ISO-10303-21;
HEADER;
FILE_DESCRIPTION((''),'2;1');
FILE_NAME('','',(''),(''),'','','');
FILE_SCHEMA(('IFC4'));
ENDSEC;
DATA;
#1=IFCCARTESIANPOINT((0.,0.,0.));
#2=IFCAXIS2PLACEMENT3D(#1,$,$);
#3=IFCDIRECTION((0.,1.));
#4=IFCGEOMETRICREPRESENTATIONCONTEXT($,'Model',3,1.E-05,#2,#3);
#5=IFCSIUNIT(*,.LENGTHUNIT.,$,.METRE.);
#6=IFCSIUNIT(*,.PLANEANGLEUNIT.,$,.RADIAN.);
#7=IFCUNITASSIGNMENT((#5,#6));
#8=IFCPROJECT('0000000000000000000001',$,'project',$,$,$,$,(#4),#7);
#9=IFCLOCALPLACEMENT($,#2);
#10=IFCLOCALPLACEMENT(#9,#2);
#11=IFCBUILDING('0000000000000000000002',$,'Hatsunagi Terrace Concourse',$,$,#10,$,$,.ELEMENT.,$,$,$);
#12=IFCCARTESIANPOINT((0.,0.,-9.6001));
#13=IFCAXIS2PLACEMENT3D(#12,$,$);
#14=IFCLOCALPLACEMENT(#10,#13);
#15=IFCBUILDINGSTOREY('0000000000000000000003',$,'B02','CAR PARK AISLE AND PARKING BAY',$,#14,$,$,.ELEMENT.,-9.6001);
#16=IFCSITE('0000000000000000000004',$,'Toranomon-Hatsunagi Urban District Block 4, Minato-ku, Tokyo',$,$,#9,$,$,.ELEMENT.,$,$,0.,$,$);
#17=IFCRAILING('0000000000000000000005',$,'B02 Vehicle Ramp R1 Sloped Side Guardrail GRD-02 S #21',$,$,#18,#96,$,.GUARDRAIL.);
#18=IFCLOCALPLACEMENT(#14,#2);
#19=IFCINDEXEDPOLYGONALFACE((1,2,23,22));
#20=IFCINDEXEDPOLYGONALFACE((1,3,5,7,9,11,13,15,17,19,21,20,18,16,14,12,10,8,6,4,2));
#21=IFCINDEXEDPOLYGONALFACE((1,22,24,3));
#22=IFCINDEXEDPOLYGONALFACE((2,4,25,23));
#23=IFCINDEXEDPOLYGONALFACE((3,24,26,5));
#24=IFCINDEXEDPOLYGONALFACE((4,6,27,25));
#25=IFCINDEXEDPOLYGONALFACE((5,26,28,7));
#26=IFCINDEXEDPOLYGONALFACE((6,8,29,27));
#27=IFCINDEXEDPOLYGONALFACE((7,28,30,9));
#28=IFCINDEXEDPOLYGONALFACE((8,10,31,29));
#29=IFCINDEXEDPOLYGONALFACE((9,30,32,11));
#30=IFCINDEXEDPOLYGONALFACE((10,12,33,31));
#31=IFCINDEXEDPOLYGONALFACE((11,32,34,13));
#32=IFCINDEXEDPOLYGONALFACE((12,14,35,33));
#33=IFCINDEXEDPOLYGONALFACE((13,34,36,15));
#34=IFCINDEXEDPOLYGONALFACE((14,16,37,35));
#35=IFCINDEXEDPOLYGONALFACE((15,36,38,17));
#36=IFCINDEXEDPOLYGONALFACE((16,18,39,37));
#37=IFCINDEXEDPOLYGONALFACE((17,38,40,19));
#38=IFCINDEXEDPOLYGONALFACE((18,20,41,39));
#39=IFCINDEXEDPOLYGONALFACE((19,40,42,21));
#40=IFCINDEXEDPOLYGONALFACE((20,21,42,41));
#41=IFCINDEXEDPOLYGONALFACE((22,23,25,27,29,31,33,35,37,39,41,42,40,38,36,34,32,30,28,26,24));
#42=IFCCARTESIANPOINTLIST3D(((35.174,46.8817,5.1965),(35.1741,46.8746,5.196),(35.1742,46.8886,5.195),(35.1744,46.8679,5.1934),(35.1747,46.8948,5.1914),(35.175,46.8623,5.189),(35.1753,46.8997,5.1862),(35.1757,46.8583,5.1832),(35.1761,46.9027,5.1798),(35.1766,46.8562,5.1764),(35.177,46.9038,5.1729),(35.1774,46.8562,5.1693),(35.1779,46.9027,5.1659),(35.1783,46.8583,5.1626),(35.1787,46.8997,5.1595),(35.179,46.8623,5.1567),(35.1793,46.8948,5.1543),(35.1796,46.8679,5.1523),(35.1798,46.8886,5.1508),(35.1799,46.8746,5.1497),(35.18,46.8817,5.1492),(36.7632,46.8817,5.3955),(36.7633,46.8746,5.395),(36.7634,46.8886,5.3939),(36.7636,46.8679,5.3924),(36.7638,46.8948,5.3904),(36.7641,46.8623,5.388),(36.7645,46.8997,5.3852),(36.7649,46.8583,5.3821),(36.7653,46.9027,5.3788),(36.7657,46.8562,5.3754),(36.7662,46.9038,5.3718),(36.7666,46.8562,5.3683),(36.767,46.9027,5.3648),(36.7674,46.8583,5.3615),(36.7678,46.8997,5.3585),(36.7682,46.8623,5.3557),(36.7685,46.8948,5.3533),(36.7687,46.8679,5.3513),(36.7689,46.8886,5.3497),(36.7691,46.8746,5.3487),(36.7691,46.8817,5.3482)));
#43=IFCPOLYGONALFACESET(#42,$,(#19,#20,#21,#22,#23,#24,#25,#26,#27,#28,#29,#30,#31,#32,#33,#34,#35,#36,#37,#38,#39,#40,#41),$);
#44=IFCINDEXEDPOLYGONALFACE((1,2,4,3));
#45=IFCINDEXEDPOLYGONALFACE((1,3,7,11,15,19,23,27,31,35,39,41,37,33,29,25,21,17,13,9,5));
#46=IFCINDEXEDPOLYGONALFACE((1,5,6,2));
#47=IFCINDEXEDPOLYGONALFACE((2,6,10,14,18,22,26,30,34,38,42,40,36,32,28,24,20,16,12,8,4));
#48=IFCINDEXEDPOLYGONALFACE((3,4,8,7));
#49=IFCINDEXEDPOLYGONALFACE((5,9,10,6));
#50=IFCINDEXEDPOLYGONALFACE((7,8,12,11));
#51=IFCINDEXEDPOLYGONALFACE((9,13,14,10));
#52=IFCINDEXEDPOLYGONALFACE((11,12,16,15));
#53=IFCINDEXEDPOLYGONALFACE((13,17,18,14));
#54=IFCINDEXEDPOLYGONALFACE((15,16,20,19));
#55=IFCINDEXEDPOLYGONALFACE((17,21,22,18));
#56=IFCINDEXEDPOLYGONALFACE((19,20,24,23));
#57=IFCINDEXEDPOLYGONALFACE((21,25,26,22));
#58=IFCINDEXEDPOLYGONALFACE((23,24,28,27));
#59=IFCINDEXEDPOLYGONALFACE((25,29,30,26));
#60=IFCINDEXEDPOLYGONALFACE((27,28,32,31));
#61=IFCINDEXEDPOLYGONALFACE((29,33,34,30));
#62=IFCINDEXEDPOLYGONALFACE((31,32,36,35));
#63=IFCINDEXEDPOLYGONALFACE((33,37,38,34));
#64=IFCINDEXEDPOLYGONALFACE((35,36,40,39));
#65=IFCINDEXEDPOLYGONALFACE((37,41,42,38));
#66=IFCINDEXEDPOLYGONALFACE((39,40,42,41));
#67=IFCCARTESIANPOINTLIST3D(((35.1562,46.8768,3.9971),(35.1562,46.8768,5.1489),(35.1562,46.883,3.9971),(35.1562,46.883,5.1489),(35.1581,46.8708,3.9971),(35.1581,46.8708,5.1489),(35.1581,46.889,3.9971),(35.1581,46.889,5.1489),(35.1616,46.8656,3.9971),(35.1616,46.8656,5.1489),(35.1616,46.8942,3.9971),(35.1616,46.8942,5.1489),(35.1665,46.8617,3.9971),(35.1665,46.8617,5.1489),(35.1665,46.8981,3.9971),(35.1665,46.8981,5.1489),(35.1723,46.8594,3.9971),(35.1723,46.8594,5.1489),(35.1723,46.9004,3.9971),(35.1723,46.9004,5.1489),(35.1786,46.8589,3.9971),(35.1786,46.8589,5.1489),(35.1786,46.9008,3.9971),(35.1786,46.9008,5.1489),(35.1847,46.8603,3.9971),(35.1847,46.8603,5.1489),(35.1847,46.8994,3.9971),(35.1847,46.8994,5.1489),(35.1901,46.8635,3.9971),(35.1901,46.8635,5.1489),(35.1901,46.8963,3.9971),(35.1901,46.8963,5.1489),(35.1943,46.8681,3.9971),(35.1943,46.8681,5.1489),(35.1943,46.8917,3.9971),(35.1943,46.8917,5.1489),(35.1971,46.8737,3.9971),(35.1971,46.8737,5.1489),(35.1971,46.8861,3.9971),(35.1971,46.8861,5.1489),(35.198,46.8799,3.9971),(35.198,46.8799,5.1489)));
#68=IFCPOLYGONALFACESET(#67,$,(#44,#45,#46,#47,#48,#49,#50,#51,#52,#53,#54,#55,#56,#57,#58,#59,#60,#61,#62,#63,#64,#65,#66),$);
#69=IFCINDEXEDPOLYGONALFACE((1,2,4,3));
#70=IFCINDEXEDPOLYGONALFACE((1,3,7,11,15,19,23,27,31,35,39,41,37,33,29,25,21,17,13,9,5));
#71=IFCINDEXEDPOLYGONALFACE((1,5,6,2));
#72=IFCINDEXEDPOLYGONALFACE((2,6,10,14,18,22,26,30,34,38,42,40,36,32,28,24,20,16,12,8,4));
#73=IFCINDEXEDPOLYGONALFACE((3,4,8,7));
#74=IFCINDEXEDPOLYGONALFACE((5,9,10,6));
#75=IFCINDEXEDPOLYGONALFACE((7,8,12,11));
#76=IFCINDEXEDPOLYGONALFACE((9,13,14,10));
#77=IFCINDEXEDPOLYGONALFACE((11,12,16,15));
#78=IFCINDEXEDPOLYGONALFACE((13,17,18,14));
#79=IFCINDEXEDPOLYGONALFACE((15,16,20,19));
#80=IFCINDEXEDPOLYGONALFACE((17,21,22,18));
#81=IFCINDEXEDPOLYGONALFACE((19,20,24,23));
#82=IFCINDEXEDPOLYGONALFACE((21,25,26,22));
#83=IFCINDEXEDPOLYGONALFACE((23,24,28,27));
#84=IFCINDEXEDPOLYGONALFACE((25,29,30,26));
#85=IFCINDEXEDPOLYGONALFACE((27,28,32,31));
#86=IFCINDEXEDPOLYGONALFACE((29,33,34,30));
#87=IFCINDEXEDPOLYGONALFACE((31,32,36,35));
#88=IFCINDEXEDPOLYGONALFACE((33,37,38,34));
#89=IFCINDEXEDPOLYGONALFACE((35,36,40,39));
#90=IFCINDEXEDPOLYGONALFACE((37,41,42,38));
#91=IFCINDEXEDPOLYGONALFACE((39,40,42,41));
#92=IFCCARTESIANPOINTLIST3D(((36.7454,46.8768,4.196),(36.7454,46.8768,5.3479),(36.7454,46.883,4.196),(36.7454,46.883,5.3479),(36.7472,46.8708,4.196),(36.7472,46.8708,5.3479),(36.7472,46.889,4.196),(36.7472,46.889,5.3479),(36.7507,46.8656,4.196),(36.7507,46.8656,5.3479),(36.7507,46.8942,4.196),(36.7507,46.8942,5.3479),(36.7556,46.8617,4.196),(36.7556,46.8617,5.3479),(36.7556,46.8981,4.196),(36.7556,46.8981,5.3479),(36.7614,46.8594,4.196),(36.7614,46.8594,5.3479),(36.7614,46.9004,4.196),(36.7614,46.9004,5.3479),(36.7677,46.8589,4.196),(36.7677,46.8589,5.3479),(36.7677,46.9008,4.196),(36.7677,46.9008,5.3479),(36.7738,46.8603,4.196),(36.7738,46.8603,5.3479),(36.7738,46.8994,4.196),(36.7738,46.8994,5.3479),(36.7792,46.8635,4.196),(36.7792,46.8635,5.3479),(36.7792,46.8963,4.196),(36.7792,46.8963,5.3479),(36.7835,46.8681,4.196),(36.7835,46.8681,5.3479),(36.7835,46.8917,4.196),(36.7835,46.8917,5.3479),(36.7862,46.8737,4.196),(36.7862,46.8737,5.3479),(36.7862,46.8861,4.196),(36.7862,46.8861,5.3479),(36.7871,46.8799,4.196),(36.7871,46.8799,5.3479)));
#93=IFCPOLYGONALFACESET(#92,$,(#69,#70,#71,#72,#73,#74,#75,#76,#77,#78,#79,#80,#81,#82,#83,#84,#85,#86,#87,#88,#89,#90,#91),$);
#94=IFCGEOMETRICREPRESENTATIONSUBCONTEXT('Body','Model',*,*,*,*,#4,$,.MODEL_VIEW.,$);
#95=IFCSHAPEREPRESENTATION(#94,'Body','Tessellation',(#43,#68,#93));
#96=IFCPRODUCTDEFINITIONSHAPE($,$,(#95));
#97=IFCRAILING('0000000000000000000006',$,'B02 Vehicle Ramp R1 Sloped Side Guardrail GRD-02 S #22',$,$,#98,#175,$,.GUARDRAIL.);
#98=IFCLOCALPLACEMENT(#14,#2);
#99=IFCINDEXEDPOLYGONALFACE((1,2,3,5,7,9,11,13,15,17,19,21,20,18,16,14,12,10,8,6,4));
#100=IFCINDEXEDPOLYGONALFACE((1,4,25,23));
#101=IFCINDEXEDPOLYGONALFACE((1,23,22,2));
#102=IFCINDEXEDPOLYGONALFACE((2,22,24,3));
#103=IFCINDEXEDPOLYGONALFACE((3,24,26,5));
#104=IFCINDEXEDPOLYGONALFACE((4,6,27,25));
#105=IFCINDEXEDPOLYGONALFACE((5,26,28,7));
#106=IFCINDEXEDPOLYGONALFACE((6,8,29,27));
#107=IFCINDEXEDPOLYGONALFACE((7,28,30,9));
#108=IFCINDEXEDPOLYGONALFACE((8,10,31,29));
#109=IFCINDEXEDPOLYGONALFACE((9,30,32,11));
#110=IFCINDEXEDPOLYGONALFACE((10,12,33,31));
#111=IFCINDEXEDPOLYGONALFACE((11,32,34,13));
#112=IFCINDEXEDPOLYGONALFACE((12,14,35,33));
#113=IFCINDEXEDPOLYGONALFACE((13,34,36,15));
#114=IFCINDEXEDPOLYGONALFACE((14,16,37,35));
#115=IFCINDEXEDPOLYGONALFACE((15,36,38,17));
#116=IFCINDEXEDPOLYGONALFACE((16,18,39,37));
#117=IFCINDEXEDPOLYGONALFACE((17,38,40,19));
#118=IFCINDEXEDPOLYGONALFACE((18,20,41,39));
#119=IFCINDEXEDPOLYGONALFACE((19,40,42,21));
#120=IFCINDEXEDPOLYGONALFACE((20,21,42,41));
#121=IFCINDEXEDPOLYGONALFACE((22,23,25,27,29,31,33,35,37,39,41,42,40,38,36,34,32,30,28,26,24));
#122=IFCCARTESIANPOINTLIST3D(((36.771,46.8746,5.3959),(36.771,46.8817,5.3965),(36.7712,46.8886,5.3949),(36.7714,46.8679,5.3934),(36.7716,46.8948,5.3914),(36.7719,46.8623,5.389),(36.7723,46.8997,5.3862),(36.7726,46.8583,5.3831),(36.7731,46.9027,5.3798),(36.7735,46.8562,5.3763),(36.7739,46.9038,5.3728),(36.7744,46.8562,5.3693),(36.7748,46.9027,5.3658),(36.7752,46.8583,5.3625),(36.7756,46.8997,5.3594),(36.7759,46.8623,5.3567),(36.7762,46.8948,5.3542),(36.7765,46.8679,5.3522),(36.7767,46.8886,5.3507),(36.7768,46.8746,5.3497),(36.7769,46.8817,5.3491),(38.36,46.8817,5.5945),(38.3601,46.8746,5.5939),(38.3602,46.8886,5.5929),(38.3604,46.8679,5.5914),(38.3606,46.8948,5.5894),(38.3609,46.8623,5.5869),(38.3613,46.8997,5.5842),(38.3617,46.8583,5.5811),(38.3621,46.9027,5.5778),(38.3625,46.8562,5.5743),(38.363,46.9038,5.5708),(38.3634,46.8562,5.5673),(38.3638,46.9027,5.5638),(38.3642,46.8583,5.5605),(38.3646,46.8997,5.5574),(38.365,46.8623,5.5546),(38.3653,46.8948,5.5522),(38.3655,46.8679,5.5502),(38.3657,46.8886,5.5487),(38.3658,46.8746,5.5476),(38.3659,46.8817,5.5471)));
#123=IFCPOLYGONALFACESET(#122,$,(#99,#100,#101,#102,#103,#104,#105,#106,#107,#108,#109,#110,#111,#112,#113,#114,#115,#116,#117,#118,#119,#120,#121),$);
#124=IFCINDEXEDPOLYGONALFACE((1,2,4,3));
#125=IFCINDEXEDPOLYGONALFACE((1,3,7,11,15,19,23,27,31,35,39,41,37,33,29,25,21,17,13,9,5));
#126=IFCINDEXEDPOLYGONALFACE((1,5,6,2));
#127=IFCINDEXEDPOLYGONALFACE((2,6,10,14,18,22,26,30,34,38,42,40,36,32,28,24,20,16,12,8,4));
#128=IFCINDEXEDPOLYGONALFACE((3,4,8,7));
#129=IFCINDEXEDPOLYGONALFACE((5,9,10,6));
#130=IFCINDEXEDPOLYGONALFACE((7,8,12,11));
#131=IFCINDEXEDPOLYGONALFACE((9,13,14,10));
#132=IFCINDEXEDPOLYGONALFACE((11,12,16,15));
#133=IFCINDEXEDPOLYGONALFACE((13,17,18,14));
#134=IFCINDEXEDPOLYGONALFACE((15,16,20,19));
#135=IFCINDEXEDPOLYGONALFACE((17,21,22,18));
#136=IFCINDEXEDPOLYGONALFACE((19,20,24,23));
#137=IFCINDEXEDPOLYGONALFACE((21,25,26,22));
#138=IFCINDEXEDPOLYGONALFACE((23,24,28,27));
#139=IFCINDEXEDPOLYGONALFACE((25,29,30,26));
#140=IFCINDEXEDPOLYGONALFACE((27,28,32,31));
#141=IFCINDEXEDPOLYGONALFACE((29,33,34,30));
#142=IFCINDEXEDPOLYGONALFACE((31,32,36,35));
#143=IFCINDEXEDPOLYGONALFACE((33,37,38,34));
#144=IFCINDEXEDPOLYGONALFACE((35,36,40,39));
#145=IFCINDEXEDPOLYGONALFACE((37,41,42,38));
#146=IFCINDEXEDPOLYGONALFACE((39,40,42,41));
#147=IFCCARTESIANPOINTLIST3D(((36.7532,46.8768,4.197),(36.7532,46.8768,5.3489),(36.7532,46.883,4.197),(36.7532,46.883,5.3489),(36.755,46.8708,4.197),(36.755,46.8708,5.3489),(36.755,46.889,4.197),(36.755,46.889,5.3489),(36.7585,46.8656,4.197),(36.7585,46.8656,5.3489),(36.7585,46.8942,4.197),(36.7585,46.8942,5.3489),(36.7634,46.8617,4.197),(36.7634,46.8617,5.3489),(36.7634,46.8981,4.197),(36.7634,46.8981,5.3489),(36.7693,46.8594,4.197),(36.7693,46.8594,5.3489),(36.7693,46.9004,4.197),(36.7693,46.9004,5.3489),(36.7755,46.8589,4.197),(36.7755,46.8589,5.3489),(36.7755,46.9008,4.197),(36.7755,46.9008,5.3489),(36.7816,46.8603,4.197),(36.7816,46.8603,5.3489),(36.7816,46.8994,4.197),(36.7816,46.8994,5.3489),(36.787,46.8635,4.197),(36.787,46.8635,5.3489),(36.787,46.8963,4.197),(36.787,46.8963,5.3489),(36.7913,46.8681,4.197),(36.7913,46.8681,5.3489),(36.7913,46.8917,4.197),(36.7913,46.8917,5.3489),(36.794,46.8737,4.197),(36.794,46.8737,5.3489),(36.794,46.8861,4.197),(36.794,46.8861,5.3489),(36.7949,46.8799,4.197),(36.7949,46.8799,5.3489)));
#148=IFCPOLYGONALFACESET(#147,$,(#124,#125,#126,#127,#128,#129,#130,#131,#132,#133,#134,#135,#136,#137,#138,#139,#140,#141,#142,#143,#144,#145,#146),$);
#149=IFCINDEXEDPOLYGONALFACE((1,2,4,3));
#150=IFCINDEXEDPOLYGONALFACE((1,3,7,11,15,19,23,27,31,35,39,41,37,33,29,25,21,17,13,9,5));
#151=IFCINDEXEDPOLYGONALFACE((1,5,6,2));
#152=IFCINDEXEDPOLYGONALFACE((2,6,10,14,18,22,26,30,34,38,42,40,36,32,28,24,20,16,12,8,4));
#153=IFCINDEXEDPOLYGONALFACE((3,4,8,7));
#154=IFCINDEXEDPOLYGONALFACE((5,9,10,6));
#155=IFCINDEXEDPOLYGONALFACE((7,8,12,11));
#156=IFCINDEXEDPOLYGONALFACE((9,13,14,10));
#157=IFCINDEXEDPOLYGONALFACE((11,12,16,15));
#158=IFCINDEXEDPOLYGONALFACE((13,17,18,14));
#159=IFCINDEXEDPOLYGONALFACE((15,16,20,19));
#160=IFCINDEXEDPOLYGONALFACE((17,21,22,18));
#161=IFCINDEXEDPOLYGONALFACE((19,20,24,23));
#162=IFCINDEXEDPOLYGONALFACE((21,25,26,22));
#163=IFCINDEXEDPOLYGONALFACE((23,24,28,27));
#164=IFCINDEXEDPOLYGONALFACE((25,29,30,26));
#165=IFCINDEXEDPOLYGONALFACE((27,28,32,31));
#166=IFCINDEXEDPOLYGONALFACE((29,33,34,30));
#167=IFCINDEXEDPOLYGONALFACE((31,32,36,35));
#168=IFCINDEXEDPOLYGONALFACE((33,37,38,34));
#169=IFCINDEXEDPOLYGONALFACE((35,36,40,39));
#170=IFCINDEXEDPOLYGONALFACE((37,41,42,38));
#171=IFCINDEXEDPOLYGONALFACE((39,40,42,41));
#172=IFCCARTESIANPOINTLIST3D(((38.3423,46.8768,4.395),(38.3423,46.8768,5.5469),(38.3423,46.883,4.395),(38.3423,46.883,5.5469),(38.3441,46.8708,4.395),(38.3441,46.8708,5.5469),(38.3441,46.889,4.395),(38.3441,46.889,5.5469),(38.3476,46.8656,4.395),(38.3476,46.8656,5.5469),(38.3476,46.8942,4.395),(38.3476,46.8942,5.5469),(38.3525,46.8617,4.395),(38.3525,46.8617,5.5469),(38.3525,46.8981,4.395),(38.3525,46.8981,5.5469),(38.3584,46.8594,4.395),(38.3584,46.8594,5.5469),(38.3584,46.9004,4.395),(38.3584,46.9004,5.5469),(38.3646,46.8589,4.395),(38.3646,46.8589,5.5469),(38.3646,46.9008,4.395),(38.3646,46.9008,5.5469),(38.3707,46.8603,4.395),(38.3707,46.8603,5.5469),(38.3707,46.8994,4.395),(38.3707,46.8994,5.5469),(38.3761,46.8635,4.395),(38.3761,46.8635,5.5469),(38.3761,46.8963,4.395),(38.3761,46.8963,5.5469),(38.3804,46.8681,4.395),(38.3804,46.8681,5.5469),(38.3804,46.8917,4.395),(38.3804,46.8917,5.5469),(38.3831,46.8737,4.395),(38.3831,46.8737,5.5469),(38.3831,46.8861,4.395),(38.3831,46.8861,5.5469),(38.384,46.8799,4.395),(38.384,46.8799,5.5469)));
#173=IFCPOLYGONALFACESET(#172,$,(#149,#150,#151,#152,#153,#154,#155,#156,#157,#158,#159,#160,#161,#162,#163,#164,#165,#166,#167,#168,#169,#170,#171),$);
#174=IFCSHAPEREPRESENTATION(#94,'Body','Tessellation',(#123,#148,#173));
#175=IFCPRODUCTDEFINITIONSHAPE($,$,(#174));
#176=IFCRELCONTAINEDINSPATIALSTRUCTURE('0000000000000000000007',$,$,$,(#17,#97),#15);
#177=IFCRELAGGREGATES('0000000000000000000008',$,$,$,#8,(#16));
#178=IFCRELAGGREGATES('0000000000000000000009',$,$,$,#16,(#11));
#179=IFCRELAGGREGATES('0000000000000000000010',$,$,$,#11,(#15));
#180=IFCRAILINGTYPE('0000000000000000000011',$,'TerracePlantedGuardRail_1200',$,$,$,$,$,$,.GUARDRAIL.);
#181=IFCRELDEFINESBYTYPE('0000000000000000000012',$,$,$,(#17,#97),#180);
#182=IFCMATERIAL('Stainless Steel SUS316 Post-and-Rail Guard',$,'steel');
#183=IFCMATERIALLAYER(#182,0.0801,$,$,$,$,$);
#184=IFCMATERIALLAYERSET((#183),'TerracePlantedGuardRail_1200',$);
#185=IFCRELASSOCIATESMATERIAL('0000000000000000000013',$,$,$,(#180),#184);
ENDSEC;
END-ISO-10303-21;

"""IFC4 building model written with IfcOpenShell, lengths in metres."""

from ifc_helpers import new_model, si_unit, direction, frame, origin, origin_2d, place, context, subcontext, project, spatial, circle, extrude, material, layer, layer_set, type_object, element, save


model = new_model("IFC4")

# Units and contexts
model_context = context("Model", 3, precision=1e-05, world=origin(), true_north=direction((0.0, 1.0)))
body_context = subcontext(model_context, "Body", "Model", "MODEL_VIEW")
ifc_project = project(units=[si_unit("LENGTHUNIT", "METRE"), si_unit("PLANEANGLEUNIT", "RADIAN")], contexts=[model_context])

# Site, building, storey
site_placement = place(None, origin())
site = spatial("IfcSite", under=ifc_project, at=site_placement, Name="Toranomon-Hatsunagi Urban District Block 4, Minato-ku, Tokyo", CompositionType="ELEMENT", RefElevation=0.0)
building_placement = place(site_placement, origin())
building = spatial("IfcBuilding", under=site, at=building_placement, Name="Hatsunagi Terrace Concourse", CompositionType="ELEMENT")
storey_placement = place(building_placement, frame((0.0, 0.0, -9.6001)))
storey = spatial("IfcBuildingStorey", under=building, at=storey_placement, Name="B02", Description="CAR PARK AISLE AND PARKING BAY", CompositionType="ELEMENT", Elevation=-9.6001)

# Railings
ifc_material_1 = material(Name="Stainless Steel SUS316 Post-and-Rail Guard", Category="steel")
ifc_layer_1 = layer(ifc_material_1, 0.0801)
ifc_layer_set_1 = layer_set([ifc_layer_1], Name="TerracePlantedGuardRail_1200")
railing_type = type_object("IfcRailingType", Name="TerracePlantedGuardRail_1200", PredefinedType="GUARDRAIL", material=ifc_layer_set_1)
railing_1_placement = place(storey_placement, frame((35.177, 46.8799, 3.9971)))
element("IfcRailing", 1, at=railing_1_placement, inside=storey, type_object=railing_type, Name="B02 Vehicle Ramp R1 Sloped Side Guardrail GRD-02 S #21", PredefinedType="GUARDRAIL", context=body_context, shape_type="SweptSolid", body=[
    extrude(circle(Radius=0.0239, at=origin_2d()), frame((0.0, 0.0, 1.1758), z_axis=(0.992252, 0.0, 0.124241), x_axis=(0.0, 1.0, 0.0)), (0.0, 0.0, 1.0), 1.6016),
    extrude(circle(Radius=0.021, at=origin_2d()), origin(), (0.0, 0.0, 1.0), 1.1519),
    extrude(circle(Radius=0.021, at=origin_2d()), frame((1.5891, 0.0, 0.199)), (0.0, 0.0, 1.0), 1.1519),
])
railing_2_placement = place(storey_placement, frame((36.7739, 46.8799, 4.197)))
element("IfcRailing", 2, at=railing_2_placement, inside=storey, type_object=railing_type, Name="B02 Vehicle Ramp R1 Sloped Side Guardrail GRD-02 S #22", PredefinedType="GUARDRAIL", context=body_context, shape_type="SweptSolid", body=[
    extrude(circle(Radius=0.0239, at=origin_2d()), frame((0.0, 0.0, 1.1758), z_axis=(0.992327, 0.0, 0.123641), x_axis=(0.0, 1.0, 0.0)), (0.0, 0.0, 1.0), 1.6013),
    extrude(circle(Radius=0.021, at=origin_2d()), origin(), (0.0, 0.0, 1.0), 1.1519),
    extrude(circle(Radius=0.021, at=origin_2d()), frame((1.5891, 0.0, 0.198)), (0.0, 0.0, 1.0), 1.1519),
])

save(model, "model.ifc")
